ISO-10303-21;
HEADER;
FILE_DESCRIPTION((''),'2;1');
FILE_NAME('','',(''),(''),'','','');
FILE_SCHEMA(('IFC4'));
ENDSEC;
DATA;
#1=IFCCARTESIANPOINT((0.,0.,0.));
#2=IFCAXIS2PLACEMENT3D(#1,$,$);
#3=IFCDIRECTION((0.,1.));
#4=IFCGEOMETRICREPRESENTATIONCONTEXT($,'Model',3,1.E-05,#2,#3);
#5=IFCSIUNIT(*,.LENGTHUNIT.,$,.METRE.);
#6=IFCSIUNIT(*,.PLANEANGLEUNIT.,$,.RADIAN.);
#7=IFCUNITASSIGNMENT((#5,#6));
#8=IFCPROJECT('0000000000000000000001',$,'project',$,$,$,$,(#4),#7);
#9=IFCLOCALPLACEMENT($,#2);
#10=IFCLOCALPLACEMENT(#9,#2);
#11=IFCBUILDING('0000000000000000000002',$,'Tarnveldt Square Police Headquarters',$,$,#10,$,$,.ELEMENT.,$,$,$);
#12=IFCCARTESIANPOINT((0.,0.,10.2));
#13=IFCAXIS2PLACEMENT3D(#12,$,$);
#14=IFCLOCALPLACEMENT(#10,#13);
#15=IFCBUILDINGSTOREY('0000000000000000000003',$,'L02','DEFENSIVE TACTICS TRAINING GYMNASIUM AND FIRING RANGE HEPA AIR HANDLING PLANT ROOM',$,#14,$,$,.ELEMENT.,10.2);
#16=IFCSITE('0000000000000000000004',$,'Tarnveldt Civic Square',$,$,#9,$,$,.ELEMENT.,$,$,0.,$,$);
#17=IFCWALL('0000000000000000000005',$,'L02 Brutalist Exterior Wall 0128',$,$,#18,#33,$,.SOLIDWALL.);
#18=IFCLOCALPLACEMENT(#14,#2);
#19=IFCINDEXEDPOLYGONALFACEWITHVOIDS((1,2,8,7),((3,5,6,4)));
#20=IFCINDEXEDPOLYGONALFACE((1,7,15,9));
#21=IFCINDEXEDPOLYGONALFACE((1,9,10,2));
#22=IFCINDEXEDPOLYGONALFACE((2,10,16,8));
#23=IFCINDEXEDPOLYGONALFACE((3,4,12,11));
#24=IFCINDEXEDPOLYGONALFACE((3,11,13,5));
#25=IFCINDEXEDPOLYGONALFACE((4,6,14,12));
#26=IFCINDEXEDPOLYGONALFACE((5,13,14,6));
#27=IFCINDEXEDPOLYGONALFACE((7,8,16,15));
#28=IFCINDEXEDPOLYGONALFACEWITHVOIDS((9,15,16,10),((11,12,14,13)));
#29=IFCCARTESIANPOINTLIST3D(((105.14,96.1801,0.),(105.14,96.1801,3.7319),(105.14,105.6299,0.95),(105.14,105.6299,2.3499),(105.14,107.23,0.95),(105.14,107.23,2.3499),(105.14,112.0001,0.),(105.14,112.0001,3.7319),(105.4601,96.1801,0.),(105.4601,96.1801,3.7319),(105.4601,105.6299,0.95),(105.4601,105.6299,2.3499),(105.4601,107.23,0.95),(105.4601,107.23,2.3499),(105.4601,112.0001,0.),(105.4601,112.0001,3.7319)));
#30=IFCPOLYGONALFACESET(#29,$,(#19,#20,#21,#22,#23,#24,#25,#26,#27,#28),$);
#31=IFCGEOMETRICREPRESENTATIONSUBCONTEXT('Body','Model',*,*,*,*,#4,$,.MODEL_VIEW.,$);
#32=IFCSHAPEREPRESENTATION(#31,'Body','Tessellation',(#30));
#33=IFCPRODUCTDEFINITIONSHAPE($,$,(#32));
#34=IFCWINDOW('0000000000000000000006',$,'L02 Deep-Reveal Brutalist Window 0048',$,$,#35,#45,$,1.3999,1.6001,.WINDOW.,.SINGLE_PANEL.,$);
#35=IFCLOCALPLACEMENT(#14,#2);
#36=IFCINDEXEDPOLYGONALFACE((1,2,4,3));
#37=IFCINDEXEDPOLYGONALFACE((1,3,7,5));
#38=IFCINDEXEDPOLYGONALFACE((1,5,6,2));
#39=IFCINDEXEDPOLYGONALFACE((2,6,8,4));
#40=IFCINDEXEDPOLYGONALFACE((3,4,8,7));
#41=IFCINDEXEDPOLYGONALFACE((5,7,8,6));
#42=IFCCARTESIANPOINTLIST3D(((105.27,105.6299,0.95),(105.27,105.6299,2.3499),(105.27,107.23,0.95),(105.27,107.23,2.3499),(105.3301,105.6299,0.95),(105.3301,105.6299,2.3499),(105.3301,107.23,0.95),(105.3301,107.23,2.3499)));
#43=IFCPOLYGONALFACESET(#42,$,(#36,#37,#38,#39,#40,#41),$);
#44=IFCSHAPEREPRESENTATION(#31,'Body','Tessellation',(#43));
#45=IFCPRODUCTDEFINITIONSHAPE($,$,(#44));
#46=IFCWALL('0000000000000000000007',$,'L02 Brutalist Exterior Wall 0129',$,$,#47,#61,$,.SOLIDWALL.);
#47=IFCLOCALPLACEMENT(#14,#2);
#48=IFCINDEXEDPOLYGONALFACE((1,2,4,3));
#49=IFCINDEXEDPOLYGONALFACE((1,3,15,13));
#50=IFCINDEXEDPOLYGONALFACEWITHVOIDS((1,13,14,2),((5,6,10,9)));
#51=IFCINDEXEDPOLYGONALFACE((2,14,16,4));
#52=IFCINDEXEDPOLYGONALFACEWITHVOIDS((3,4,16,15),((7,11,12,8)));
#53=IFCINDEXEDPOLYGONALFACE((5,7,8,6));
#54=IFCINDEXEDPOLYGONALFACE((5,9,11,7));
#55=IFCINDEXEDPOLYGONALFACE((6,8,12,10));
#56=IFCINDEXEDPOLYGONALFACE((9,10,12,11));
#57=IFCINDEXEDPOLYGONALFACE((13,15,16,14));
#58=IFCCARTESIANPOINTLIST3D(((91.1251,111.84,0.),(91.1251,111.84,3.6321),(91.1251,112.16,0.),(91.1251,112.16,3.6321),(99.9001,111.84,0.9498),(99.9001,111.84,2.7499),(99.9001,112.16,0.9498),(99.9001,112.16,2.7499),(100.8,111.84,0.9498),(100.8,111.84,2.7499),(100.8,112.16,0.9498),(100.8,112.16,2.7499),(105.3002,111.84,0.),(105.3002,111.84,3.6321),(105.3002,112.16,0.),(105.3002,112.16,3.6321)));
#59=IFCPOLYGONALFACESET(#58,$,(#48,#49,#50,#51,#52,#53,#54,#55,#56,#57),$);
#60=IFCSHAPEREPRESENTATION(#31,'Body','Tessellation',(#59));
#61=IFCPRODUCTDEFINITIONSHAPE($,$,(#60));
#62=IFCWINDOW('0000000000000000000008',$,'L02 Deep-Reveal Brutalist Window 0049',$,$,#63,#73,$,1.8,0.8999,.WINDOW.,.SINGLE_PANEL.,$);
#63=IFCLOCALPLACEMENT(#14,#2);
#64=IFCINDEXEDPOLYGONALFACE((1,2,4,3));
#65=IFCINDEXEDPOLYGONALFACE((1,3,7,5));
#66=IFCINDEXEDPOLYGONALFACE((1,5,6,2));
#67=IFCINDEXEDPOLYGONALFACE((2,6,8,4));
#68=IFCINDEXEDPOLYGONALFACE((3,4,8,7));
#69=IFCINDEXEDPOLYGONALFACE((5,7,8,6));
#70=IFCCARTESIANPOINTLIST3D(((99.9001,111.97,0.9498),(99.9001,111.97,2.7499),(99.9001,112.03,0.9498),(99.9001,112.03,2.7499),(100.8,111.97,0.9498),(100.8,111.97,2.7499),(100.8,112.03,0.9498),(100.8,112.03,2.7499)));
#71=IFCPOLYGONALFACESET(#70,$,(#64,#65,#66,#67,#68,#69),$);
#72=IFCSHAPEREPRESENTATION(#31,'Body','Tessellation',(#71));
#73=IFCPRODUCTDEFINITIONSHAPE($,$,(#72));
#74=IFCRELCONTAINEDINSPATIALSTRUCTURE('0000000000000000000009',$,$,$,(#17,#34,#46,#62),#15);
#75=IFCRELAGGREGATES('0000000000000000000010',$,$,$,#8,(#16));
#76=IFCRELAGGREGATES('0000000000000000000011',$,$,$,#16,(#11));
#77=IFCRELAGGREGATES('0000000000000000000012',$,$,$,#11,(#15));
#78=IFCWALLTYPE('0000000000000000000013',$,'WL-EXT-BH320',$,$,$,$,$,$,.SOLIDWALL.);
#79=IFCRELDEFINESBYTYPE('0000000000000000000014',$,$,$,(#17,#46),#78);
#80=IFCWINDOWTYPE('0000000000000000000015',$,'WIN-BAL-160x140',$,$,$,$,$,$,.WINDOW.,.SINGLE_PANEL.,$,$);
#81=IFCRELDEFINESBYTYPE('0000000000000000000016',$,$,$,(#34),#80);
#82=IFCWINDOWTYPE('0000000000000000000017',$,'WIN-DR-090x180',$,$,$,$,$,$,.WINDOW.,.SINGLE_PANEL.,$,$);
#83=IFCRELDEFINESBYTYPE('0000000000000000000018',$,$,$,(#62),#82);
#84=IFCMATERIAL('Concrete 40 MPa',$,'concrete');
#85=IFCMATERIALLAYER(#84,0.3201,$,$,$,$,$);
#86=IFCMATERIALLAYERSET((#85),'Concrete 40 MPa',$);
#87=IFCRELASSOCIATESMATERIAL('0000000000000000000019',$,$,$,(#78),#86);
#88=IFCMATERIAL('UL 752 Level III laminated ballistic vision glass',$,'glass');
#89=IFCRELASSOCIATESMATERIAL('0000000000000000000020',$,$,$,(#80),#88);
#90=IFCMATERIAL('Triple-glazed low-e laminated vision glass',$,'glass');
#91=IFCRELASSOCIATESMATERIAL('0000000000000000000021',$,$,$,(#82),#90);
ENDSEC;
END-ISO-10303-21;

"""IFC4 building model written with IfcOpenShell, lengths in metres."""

from ifc_helpers import new_model, si_unit, direction, frame, frame_2d, origin, place, context, subcontext, project, spatial, rectangle, extrude, material, layer, layer_set, type_object, element, fill, save


model = new_model("IFC4")

# Units and contexts
model_context = context("Model", 3, precision=1e-05, world=origin(), true_north=direction((0.0, 1.0)))
body_context = subcontext(model_context, "Body", "Model", "MODEL_VIEW")
ifc_project = project(units=[si_unit("LENGTHUNIT", "METRE"), si_unit("PLANEANGLEUNIT", "RADIAN")], contexts=[model_context])

# Site, building, storey
site_placement = place(None, origin())
site = spatial("IfcSite", under=ifc_project, at=site_placement, Name="Tarnveldt Civic Square", CompositionType="ELEMENT", RefElevation=0.0)
building_placement = place(site_placement, origin())
building = spatial("IfcBuilding", under=site, at=building_placement, Name="Tarnveldt Square Police Headquarters", CompositionType="ELEMENT")
storey_placement = place(building_placement, frame((0.0, 0.0, 10.2)))
storey = spatial("IfcBuildingStorey", under=building, at=storey_placement, Name="L02", Description="DEFENSIVE TACTICS TRAINING GYMNASIUM AND FIRING RANGE HEPA AIR HANDLING PLANT ROOM", CompositionType="ELEMENT", Elevation=10.2)

# Shared definitions
ifc_material_1 = material(Name="Concrete 40 MPa", Category="concrete")

# Shared definitions
ifc_material_2 = material(Name="Triple-glazed low-e laminated vision glass", Category="glass")

# Shared definitions
ifc_layer_1 = layer(ifc_material_1, 0.3201)
ifc_layer_set_1 = layer_set([ifc_layer_1], Name="Concrete 40 MPa")
wall_type = type_object("IfcWallType", Name="WL-EXT-BH320", PredefinedType="SOLIDWALL", material=ifc_layer_set_1)

# Walls, openings, windows
wall_1_placement = place(storey_placement, frame((105.3, 96.1799, 0.0), z_axis=(0.0, 0.0, 1.0), x_axis=(0.0, 1.0, 0.0)))
wall_1 = element("IfcWall", 1, at=wall_1_placement, inside=storey, type_object=wall_type, Name="L02 Brutalist Exterior Wall 0128", PredefinedType="SOLIDWALL", context=body_context, shape_type="SweptSolid", body=[
    extrude(rectangle(XDim=15.8201, YDim=0.3201, at=frame_2d((7.9102, 0.0))), origin(), (0.0, 0.0, 1.0), 3.7319),
])
opening_1_placement = place(wall_1_placement, frame((9.45, 0.0, 0.95)))
opening_1 = element("IfcOpeningElement", 2, at=opening_1_placement, cuts=wall_1, PredefinedType="OPENING", context=body_context, shape_type="SweptSolid", body=[
    extrude(rectangle(XDim=1.6001, YDim=1.3999, at=frame_2d((0.8, 0.7))), frame((0.0, 0.1699, 0.0), z_axis=(0.0, -1.0, 0.0), x_axis=(1.0, 0.0, 0.0)), (0.0, 0.0, 1.0), 0.3401),
])
ifc_material_3 = material(Name="UL 752 Level III laminated ballistic vision glass", Category="glass")
window_type_1 = type_object("IfcWindowType", Name="WIN-BAL-160x140", PartitioningType="SINGLE_PANEL", PredefinedType="WINDOW", material=ifc_material_3)
window_1_placement = place(opening_1_placement, origin())
window_1 = element("IfcWindow", 3, at=window_1_placement, inside=storey, type_object=window_type_1, Name="L02 Deep-Reveal Brutalist Window 0048", OverallHeight=1.3999, OverallWidth=1.6001, PartitioningType="SINGLE_PANEL", PredefinedType="WINDOW", context=body_context, shape_type="SweptSolid", body=[
    extrude(rectangle(XDim=1.6001, YDim=1.3999, at=frame_2d((0.8, 0.7))), frame((0.0, 0.03, 0.0), z_axis=(0.0, -1.0, 0.0), x_axis=(1.0, 0.0, 0.0)), (0.0, 0.0, 1.0), 0.0601),
])
fill(opening_1, window_1)
wall_2_placement = place(storey_placement, frame((105.3, 112.0, 0.0), z_axis=(0.0, 0.0, 1.0), x_axis=(-1.0, 0.0, 0.0)))
wall_2 = element("IfcWall", 4, at=wall_2_placement, inside=storey, type_object=wall_type, Name="L02 Brutalist Exterior Wall 0129", PredefinedType="SOLIDWALL", context=body_context, shape_type="SweptSolid", body=[
    extrude(rectangle(XDim=14.175, YDim=0.3201, at=frame_2d((7.0874, 0.0))), origin(), (0.0, 0.0, 1.0), 3.6321),
])
opening_2_placement = place(wall_2_placement, frame((4.5, 0.0, 0.95)))
opening_2 = element("IfcOpeningElement", 5, at=opening_2_placement, cuts=wall_2, PredefinedType="OPENING", context=body_context, shape_type="SweptSolid", body=[
    extrude(rectangle(XDim=0.8999, YDim=1.8, at=frame_2d((0.45, 0.8999))), frame((0.0, 0.1699, 0.0), z_axis=(0.0, -1.0, 0.0), x_axis=(1.0, 0.0, 0.0)), (0.0, 0.0, 1.0), 0.3401),
])
window_type_2 = type_object("IfcWindowType", Name="WIN-DR-090x180", PartitioningType="SINGLE_PANEL", PredefinedType="WINDOW", material=ifc_material_2)
window_2_placement = place(opening_2_placement, origin())
window_2 = element("IfcWindow", 6, at=window_2_placement, inside=storey, type_object=window_type_2, Name="L02 Deep-Reveal Brutalist Window 0049", OverallHeight=1.8, OverallWidth=0.8999, PartitioningType="SINGLE_PANEL", PredefinedType="WINDOW", context=body_context, shape_type="SweptSolid", body=[
    extrude(rectangle(XDim=0.8999, YDim=1.8, at=frame_2d((0.45, 0.8999))), frame((0.0, 0.03, 0.0), z_axis=(0.0, -1.0, 0.0), x_axis=(1.0, 0.0, 0.0)), (0.0, 0.0, 1.0), 0.0601),
])
fill(opening_2, window_2)

save(model, "model.ifc")
